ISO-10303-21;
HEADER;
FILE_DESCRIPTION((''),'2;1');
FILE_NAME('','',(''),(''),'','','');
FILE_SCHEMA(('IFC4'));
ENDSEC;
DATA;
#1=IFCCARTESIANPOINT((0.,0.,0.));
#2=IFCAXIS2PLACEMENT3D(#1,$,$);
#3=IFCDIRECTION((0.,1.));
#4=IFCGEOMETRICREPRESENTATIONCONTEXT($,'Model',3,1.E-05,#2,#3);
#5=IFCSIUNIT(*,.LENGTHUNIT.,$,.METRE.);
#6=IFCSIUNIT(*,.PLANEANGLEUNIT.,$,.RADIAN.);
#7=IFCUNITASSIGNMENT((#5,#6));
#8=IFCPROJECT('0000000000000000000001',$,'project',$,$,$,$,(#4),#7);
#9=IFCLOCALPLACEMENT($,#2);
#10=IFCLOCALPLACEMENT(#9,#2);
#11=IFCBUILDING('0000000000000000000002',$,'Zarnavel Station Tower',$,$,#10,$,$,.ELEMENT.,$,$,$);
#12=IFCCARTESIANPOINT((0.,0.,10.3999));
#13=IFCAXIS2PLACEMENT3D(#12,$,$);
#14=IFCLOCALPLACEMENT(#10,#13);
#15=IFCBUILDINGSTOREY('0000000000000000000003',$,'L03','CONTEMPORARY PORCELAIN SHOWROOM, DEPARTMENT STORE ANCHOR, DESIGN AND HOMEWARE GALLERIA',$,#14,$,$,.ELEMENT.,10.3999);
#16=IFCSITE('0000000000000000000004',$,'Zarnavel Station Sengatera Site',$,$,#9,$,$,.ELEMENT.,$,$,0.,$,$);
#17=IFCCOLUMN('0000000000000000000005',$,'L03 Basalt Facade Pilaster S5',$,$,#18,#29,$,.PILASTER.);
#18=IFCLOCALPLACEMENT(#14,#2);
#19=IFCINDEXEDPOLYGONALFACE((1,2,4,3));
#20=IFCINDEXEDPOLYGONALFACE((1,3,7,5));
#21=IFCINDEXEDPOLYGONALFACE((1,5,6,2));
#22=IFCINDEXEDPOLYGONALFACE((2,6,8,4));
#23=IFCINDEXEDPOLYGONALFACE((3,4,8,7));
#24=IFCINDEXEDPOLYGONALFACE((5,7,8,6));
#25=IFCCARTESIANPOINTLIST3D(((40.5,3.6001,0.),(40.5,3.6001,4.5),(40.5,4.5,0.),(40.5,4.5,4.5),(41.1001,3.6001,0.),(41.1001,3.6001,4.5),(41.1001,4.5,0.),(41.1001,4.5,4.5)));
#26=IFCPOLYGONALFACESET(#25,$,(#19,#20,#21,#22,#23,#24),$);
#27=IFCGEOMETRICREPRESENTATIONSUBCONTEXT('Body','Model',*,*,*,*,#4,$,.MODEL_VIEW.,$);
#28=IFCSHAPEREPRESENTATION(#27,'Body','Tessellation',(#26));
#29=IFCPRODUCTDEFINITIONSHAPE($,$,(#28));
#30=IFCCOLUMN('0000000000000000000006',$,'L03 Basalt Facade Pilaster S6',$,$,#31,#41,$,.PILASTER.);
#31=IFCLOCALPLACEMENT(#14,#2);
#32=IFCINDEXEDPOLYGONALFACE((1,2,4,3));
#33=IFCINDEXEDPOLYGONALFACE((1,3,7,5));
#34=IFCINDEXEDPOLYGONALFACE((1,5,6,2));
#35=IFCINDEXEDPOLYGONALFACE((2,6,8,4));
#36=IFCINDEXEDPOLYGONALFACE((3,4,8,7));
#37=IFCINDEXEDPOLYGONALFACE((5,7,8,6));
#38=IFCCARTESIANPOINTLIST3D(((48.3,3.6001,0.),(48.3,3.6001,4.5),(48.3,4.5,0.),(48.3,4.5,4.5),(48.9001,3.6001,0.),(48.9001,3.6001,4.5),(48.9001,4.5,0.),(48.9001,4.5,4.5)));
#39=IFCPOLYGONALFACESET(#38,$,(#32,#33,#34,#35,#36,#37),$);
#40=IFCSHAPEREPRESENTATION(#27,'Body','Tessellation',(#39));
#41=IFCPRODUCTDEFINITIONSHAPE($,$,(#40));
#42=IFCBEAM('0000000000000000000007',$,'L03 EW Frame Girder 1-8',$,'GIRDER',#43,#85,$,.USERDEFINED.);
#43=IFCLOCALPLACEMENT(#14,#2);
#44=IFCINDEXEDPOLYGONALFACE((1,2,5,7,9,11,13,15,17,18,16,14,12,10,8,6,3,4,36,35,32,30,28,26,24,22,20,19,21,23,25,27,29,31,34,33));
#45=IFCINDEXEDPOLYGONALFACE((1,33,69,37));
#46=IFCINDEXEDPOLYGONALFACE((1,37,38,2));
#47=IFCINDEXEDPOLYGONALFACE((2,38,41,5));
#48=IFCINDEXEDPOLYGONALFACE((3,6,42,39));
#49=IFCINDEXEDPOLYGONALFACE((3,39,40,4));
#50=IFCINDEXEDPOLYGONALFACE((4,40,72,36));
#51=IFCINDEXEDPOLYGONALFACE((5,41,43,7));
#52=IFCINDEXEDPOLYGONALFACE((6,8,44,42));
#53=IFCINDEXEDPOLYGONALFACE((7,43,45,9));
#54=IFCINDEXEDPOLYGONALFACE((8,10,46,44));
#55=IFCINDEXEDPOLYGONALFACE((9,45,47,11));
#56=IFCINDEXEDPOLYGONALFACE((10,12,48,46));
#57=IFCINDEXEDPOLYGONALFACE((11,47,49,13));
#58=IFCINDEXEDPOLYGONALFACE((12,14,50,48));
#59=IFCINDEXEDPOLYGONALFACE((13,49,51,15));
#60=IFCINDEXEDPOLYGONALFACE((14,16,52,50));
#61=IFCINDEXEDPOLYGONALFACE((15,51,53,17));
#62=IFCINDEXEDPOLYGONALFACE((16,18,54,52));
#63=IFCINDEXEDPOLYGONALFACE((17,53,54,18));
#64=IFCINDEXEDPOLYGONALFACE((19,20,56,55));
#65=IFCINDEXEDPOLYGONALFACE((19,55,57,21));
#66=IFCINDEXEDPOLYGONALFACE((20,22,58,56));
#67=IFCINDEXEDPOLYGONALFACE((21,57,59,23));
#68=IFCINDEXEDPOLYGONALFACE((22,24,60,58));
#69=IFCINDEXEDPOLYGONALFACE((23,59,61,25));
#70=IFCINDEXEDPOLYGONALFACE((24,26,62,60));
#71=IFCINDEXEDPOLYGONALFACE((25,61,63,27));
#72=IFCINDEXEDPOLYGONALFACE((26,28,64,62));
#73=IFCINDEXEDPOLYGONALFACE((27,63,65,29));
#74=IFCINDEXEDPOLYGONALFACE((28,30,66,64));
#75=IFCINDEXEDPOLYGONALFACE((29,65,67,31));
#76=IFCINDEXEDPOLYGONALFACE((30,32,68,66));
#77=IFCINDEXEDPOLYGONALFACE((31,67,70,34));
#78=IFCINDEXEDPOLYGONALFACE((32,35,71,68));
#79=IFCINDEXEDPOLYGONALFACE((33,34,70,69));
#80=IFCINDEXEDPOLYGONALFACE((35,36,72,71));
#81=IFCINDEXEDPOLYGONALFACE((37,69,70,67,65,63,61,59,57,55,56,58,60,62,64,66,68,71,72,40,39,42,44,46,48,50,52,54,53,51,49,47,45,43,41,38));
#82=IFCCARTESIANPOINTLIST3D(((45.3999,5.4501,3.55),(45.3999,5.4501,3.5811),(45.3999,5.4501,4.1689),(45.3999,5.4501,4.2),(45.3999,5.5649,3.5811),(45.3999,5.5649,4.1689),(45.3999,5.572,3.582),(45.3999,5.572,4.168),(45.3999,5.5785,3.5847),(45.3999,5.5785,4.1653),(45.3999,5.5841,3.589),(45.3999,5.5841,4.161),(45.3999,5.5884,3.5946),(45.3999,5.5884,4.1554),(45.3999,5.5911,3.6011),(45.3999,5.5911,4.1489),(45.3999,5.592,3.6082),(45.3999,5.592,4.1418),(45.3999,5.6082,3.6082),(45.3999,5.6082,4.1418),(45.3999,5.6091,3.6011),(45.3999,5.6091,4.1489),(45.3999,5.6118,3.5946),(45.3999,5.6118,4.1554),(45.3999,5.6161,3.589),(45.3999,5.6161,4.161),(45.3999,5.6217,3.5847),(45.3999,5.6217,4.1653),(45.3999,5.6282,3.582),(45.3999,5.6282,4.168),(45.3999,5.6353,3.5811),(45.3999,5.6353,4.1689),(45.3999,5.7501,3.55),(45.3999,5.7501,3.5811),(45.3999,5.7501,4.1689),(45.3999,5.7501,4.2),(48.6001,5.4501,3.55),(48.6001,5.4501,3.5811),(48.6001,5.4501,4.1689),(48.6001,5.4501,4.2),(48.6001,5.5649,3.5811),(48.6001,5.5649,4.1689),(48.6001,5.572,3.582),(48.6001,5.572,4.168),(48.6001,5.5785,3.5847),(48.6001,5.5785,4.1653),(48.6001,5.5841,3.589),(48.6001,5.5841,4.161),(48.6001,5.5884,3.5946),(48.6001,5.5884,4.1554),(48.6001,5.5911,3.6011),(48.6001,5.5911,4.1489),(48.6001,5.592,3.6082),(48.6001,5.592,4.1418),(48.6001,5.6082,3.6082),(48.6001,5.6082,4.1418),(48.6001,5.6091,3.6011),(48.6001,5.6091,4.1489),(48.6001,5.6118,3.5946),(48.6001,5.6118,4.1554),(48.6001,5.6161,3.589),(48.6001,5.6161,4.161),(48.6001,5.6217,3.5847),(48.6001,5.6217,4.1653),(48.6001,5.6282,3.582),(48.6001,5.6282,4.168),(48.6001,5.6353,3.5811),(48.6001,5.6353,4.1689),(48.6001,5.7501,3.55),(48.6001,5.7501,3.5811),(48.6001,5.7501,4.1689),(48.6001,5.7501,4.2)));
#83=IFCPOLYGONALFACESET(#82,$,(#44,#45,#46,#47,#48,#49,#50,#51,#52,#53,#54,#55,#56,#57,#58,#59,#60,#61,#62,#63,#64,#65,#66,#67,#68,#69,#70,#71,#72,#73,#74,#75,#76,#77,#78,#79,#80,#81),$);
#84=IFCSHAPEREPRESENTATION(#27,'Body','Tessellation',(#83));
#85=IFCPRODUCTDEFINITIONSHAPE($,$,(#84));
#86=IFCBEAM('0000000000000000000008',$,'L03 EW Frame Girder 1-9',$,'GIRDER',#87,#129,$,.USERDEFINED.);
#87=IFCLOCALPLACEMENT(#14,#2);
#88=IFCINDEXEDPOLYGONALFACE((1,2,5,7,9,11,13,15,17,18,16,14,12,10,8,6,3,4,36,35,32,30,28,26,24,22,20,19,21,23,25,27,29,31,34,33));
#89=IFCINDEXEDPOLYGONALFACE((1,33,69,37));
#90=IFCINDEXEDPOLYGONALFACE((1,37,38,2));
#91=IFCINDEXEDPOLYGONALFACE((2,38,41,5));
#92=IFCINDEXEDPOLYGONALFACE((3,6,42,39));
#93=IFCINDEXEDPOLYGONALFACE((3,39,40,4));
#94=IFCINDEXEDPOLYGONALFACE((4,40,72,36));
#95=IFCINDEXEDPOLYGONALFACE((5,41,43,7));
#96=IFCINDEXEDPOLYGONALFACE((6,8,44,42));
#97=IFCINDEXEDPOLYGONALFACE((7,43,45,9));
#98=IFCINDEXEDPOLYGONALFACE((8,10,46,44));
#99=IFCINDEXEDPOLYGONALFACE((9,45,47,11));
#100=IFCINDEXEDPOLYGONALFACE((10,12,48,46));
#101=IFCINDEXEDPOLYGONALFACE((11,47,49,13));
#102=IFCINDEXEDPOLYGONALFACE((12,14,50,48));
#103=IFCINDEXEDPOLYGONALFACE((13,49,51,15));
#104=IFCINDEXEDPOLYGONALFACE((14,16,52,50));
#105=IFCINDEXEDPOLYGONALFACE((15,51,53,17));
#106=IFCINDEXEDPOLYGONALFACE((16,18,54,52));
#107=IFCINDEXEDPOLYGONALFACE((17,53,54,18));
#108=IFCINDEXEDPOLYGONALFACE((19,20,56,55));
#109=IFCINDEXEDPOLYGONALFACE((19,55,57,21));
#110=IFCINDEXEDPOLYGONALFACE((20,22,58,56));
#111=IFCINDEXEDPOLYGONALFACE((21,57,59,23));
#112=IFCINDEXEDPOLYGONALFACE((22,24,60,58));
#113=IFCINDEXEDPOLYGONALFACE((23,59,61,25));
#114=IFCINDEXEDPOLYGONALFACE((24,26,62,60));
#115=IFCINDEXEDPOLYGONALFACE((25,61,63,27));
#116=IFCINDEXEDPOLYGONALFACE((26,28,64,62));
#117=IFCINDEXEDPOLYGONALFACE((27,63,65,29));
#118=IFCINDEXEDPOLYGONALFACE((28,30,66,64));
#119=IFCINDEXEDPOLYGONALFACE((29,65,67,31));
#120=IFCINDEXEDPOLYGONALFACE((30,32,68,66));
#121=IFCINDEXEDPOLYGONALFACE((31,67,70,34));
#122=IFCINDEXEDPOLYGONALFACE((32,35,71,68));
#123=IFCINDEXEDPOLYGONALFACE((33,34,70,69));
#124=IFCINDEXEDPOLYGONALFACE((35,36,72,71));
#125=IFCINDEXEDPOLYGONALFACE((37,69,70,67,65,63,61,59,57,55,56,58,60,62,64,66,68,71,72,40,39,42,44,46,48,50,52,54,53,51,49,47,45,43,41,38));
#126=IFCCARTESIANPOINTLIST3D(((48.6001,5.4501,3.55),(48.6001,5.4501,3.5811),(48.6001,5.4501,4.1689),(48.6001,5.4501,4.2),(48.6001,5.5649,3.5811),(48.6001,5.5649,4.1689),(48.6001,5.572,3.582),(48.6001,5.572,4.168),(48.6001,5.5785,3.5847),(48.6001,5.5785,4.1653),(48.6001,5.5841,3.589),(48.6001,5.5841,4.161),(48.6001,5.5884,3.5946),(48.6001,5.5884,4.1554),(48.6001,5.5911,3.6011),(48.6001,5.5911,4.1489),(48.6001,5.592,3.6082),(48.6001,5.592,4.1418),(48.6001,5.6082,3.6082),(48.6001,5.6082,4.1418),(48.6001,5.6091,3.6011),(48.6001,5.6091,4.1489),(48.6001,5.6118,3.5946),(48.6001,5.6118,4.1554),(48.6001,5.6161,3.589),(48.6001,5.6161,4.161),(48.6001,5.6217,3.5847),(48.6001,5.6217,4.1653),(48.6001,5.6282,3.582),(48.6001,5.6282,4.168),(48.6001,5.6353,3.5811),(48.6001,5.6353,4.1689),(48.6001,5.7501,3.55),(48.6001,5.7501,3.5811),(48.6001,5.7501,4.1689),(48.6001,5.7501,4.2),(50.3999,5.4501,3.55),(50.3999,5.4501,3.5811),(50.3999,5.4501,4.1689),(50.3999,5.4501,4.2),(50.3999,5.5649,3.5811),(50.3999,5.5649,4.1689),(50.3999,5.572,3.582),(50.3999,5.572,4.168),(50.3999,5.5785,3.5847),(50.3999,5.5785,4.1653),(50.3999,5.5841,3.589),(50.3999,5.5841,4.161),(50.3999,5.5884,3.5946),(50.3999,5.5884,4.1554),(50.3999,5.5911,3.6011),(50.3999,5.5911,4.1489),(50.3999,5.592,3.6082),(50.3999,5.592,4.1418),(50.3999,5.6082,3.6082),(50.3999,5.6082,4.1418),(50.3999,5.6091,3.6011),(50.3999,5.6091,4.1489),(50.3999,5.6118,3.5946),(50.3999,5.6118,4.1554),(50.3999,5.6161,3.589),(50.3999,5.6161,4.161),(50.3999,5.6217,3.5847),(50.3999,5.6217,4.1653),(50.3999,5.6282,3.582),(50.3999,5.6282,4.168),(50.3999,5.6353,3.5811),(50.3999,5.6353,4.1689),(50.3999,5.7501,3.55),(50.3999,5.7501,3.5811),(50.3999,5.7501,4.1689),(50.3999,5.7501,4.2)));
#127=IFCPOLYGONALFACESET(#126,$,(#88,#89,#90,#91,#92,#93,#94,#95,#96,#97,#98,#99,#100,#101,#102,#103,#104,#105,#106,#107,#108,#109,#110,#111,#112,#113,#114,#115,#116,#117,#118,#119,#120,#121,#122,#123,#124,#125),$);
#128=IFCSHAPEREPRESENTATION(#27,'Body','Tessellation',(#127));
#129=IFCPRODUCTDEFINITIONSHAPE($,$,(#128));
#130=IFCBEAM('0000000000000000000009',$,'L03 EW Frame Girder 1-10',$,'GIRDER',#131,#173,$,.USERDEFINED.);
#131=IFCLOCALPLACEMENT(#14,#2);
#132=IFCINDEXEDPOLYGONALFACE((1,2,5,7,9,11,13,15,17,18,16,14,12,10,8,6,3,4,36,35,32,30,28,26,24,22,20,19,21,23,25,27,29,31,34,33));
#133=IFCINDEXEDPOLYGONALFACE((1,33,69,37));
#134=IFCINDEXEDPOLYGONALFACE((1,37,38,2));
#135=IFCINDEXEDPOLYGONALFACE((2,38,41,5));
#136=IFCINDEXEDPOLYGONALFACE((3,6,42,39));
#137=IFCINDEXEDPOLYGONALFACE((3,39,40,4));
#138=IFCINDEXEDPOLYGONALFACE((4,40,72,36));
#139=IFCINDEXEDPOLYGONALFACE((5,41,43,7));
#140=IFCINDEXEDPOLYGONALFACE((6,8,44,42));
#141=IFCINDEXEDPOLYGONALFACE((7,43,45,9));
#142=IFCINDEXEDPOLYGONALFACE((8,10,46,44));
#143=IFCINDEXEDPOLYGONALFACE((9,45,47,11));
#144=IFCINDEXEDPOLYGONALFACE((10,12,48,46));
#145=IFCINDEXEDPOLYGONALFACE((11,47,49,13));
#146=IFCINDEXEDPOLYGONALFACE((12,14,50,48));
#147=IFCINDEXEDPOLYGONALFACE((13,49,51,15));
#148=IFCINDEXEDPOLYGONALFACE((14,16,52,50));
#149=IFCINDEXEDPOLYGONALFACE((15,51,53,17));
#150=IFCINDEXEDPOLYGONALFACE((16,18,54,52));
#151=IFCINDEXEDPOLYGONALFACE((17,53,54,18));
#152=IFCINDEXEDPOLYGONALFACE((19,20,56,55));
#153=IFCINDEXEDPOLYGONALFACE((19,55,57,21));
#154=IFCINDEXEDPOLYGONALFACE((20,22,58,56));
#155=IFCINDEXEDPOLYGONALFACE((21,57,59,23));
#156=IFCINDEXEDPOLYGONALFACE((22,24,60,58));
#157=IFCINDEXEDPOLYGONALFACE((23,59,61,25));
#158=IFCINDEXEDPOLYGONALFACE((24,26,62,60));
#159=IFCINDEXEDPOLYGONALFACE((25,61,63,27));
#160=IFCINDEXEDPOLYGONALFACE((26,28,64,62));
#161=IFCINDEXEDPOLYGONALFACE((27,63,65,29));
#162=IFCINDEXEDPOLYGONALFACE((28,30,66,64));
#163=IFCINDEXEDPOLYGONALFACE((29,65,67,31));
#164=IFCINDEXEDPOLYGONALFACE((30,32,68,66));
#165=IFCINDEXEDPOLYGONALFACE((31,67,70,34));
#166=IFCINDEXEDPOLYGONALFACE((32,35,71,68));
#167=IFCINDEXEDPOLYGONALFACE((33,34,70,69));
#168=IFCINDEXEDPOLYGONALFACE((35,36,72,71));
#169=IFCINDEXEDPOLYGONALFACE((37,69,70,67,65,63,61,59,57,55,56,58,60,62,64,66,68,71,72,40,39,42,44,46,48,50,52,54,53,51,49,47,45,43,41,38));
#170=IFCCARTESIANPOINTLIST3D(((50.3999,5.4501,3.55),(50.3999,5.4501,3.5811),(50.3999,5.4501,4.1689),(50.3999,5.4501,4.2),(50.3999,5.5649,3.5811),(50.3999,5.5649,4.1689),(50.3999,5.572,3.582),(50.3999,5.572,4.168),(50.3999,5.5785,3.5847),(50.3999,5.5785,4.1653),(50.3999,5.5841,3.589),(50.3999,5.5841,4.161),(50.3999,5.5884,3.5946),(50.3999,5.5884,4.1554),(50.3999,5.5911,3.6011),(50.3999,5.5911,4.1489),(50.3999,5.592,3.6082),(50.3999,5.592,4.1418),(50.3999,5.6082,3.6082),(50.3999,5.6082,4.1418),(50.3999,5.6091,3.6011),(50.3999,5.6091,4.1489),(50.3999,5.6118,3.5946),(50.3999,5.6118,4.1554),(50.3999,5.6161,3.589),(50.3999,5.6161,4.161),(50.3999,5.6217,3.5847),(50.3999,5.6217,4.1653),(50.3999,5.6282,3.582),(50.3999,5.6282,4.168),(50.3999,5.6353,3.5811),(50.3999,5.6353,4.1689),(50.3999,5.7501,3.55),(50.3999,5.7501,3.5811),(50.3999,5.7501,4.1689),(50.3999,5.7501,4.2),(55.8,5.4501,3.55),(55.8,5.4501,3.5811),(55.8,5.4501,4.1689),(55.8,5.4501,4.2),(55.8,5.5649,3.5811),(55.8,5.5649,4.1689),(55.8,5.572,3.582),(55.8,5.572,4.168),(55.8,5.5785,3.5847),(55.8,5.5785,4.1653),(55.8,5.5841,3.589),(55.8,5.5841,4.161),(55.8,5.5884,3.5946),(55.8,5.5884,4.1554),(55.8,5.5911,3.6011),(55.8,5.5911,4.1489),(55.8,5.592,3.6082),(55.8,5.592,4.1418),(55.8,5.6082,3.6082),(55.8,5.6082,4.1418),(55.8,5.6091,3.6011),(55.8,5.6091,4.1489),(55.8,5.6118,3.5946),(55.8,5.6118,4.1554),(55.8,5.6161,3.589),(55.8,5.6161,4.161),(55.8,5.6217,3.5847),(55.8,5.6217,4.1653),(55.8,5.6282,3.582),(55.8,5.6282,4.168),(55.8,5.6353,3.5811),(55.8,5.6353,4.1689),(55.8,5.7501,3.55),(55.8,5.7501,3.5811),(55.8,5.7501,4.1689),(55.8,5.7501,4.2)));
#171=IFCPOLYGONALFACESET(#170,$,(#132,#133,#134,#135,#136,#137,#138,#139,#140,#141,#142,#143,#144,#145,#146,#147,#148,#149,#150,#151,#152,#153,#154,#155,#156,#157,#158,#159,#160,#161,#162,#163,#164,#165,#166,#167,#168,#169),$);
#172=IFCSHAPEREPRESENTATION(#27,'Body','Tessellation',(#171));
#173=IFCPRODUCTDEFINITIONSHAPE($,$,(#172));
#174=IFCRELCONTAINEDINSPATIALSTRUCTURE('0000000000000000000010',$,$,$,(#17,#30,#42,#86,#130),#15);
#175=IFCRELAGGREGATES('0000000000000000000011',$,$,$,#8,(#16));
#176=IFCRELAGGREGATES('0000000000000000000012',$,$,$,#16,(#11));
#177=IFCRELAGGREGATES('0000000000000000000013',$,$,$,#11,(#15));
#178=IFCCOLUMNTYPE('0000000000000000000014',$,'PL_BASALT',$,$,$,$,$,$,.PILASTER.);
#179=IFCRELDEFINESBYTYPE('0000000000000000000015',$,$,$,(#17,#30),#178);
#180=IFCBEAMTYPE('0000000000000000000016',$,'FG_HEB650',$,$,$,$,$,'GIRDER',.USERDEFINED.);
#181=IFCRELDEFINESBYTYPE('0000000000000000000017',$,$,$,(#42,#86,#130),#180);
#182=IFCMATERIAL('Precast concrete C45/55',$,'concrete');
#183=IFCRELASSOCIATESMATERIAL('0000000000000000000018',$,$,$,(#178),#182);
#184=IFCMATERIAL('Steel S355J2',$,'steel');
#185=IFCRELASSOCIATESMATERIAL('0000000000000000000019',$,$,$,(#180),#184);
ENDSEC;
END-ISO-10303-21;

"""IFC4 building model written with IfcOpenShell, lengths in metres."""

from ifc_helpers import new_model, si_unit, direction, frame, origin, origin_2d, place, context, subcontext, project, spatial, rectangle, i_section, extrude, material, material_profile, profile_set, type_object, element, save


model = new_model("IFC4")

# Units and contexts
model_context = context("Model", 3, precision=1e-05, world=origin(), true_north=direction((0.0, 1.0)))
body_context = subcontext(model_context, "Body", "Model", "MODEL_VIEW")
ifc_project = project(units=[si_unit("LENGTHUNIT", "METRE"), si_unit("PLANEANGLEUNIT", "RADIAN")], contexts=[model_context])

# Site, building, storey
site_placement = place(None, origin())
site = spatial("IfcSite", under=ifc_project, at=site_placement, Name="Zarnavel Station Sengatera Site", CompositionType="ELEMENT", RefElevation=0.0)
building_placement = place(site_placement, origin())
building = spatial("IfcBuilding", under=site, at=building_placement, Name="Zarnavel Station Tower", CompositionType="ELEMENT")
storey_placement = place(building_placement, frame((0.0, 0.0, 10.3999)))
storey = spatial("IfcBuildingStorey", under=building, at=storey_placement, Name="L03", Description="CONTEMPORARY PORCELAIN SHOWROOM, DEPARTMENT STORE ANCHOR, DESIGN AND HOMEWARE GALLERIA", CompositionType="ELEMENT", Elevation=10.3999)

# Columns
ifc_material_1 = material(Name="Precast concrete C45/55", Category="concrete")
ifc_material_profile_1 = material_profile(ifc_material_1, rectangle(XDim=0.6001, YDim=0.8999, at=origin_2d()), Name="RC600x900")
ifc_profile_set_1 = profile_set([ifc_material_profile_1], Name="Precast concrete C45/55")
column_type_1 = type_object("IfcColumnType", Name="PL_BASALT", PredefinedType="PILASTER", material=ifc_profile_set_1)
for number, where, z_axis, x_axis, name in (
    (1, (40.8, 4.05, 0.0), (0.0, 0.0, 1.0), (1.0, 0.0, 0.0), "L03 Basalt Facade Pilaster S5"),
    (2, (48.6001, 4.05, 0.0), (0.0, 0.0, 1.0), (1.0, 0.0, 0.0), "L03 Basalt Facade Pilaster S6"),
):
    element("IfcColumn", number, at=place(storey_placement, frame(where, z_axis=z_axis, x_axis=x_axis)), inside=storey, type_object=column_type_1, Name=name, PredefinedType="PILASTER", context=body_context, shape_type="SweptSolid", body=[
        extrude(rectangle(XDim=0.6001, YDim=0.8999, at=origin_2d()), origin(), (0.0, 0.0, 1.0), 4.5),
    ])

# Beams
ifc_material_2 = material(Name="Steel S355J2", Category="steel")
ifc_material_profile_2 = material_profile(ifc_material_2, i_section(OverallWidth=0.3, OverallDepth=0.6499, WebThickness=0.0161, FlangeThickness=0.031, FilletRadius=0.0271, at=origin_2d()), Name="HEB650")
ifc_profile_set_2 = profile_set([ifc_material_profile_2], Name="Steel S355J2")
beam_type_1 = type_object("IfcBeamType", Name="FG_HEB650", ElementType="GIRDER", PredefinedType="USERDEFINED", material=ifc_profile_set_2)
beam_1_placement = place(storey_placement, frame((45.3999, 5.6001, 3.875), z_axis=(1.0, 0.0, 0.0), x_axis=(0.0, 1.0, 0.0)))
element("IfcBeam", 3, at=beam_1_placement, inside=storey, type_object=beam_type_1, Name="L03 EW Frame Girder 1-8", ObjectType="GIRDER", PredefinedType="USERDEFINED", context=body_context, shape_type="SweptSolid", body=[
    extrude(i_section(OverallWidth=0.3, OverallDepth=0.6499, WebThickness=0.0161, FlangeThickness=0.031, FilletRadius=0.0271, at=origin_2d()), origin(), (0.0, 0.0, 1.0), 3.2002),
])
beam_2_placement = place(storey_placement, frame((48.6001, 5.6001, 3.875), z_axis=(1.0, 0.0, 0.0), x_axis=(0.0, 1.0, 0.0)))
element("IfcBeam", 4, at=beam_2_placement, inside=storey, type_object=beam_type_1, Name="L03 EW Frame Girder 1-9", ObjectType="GIRDER", PredefinedType="USERDEFINED", context=body_context, shape_type="SweptSolid", body=[
    extrude(i_section(OverallWidth=0.3, OverallDepth=0.6499, WebThickness=0.0161, FlangeThickness=0.031, FilletRadius=0.0271, at=origin_2d()), origin(), (0.0, 0.0, 1.0), 1.7998),
])
beam_3_placement = place(storey_placement, frame((50.3999, 5.6001, 3.875), z_axis=(1.0, 0.0, 0.0), x_axis=(0.0, 1.0, 0.0)))
element("IfcBeam", 5, at=beam_3_placement, inside=storey, type_object=beam_type_1, Name="L03 EW Frame Girder 1-10", ObjectType="GIRDER", PredefinedType="USERDEFINED", context=body_context, shape_type="SweptSolid", body=[
    extrude(i_section(OverallWidth=0.3, OverallDepth=0.6499, WebThickness=0.0161, FlangeThickness=0.031, FilletRadius=0.0271, at=origin_2d()), origin(), (0.0, 0.0, 1.0), 5.4001),
])

save(model, "model.ifc")
